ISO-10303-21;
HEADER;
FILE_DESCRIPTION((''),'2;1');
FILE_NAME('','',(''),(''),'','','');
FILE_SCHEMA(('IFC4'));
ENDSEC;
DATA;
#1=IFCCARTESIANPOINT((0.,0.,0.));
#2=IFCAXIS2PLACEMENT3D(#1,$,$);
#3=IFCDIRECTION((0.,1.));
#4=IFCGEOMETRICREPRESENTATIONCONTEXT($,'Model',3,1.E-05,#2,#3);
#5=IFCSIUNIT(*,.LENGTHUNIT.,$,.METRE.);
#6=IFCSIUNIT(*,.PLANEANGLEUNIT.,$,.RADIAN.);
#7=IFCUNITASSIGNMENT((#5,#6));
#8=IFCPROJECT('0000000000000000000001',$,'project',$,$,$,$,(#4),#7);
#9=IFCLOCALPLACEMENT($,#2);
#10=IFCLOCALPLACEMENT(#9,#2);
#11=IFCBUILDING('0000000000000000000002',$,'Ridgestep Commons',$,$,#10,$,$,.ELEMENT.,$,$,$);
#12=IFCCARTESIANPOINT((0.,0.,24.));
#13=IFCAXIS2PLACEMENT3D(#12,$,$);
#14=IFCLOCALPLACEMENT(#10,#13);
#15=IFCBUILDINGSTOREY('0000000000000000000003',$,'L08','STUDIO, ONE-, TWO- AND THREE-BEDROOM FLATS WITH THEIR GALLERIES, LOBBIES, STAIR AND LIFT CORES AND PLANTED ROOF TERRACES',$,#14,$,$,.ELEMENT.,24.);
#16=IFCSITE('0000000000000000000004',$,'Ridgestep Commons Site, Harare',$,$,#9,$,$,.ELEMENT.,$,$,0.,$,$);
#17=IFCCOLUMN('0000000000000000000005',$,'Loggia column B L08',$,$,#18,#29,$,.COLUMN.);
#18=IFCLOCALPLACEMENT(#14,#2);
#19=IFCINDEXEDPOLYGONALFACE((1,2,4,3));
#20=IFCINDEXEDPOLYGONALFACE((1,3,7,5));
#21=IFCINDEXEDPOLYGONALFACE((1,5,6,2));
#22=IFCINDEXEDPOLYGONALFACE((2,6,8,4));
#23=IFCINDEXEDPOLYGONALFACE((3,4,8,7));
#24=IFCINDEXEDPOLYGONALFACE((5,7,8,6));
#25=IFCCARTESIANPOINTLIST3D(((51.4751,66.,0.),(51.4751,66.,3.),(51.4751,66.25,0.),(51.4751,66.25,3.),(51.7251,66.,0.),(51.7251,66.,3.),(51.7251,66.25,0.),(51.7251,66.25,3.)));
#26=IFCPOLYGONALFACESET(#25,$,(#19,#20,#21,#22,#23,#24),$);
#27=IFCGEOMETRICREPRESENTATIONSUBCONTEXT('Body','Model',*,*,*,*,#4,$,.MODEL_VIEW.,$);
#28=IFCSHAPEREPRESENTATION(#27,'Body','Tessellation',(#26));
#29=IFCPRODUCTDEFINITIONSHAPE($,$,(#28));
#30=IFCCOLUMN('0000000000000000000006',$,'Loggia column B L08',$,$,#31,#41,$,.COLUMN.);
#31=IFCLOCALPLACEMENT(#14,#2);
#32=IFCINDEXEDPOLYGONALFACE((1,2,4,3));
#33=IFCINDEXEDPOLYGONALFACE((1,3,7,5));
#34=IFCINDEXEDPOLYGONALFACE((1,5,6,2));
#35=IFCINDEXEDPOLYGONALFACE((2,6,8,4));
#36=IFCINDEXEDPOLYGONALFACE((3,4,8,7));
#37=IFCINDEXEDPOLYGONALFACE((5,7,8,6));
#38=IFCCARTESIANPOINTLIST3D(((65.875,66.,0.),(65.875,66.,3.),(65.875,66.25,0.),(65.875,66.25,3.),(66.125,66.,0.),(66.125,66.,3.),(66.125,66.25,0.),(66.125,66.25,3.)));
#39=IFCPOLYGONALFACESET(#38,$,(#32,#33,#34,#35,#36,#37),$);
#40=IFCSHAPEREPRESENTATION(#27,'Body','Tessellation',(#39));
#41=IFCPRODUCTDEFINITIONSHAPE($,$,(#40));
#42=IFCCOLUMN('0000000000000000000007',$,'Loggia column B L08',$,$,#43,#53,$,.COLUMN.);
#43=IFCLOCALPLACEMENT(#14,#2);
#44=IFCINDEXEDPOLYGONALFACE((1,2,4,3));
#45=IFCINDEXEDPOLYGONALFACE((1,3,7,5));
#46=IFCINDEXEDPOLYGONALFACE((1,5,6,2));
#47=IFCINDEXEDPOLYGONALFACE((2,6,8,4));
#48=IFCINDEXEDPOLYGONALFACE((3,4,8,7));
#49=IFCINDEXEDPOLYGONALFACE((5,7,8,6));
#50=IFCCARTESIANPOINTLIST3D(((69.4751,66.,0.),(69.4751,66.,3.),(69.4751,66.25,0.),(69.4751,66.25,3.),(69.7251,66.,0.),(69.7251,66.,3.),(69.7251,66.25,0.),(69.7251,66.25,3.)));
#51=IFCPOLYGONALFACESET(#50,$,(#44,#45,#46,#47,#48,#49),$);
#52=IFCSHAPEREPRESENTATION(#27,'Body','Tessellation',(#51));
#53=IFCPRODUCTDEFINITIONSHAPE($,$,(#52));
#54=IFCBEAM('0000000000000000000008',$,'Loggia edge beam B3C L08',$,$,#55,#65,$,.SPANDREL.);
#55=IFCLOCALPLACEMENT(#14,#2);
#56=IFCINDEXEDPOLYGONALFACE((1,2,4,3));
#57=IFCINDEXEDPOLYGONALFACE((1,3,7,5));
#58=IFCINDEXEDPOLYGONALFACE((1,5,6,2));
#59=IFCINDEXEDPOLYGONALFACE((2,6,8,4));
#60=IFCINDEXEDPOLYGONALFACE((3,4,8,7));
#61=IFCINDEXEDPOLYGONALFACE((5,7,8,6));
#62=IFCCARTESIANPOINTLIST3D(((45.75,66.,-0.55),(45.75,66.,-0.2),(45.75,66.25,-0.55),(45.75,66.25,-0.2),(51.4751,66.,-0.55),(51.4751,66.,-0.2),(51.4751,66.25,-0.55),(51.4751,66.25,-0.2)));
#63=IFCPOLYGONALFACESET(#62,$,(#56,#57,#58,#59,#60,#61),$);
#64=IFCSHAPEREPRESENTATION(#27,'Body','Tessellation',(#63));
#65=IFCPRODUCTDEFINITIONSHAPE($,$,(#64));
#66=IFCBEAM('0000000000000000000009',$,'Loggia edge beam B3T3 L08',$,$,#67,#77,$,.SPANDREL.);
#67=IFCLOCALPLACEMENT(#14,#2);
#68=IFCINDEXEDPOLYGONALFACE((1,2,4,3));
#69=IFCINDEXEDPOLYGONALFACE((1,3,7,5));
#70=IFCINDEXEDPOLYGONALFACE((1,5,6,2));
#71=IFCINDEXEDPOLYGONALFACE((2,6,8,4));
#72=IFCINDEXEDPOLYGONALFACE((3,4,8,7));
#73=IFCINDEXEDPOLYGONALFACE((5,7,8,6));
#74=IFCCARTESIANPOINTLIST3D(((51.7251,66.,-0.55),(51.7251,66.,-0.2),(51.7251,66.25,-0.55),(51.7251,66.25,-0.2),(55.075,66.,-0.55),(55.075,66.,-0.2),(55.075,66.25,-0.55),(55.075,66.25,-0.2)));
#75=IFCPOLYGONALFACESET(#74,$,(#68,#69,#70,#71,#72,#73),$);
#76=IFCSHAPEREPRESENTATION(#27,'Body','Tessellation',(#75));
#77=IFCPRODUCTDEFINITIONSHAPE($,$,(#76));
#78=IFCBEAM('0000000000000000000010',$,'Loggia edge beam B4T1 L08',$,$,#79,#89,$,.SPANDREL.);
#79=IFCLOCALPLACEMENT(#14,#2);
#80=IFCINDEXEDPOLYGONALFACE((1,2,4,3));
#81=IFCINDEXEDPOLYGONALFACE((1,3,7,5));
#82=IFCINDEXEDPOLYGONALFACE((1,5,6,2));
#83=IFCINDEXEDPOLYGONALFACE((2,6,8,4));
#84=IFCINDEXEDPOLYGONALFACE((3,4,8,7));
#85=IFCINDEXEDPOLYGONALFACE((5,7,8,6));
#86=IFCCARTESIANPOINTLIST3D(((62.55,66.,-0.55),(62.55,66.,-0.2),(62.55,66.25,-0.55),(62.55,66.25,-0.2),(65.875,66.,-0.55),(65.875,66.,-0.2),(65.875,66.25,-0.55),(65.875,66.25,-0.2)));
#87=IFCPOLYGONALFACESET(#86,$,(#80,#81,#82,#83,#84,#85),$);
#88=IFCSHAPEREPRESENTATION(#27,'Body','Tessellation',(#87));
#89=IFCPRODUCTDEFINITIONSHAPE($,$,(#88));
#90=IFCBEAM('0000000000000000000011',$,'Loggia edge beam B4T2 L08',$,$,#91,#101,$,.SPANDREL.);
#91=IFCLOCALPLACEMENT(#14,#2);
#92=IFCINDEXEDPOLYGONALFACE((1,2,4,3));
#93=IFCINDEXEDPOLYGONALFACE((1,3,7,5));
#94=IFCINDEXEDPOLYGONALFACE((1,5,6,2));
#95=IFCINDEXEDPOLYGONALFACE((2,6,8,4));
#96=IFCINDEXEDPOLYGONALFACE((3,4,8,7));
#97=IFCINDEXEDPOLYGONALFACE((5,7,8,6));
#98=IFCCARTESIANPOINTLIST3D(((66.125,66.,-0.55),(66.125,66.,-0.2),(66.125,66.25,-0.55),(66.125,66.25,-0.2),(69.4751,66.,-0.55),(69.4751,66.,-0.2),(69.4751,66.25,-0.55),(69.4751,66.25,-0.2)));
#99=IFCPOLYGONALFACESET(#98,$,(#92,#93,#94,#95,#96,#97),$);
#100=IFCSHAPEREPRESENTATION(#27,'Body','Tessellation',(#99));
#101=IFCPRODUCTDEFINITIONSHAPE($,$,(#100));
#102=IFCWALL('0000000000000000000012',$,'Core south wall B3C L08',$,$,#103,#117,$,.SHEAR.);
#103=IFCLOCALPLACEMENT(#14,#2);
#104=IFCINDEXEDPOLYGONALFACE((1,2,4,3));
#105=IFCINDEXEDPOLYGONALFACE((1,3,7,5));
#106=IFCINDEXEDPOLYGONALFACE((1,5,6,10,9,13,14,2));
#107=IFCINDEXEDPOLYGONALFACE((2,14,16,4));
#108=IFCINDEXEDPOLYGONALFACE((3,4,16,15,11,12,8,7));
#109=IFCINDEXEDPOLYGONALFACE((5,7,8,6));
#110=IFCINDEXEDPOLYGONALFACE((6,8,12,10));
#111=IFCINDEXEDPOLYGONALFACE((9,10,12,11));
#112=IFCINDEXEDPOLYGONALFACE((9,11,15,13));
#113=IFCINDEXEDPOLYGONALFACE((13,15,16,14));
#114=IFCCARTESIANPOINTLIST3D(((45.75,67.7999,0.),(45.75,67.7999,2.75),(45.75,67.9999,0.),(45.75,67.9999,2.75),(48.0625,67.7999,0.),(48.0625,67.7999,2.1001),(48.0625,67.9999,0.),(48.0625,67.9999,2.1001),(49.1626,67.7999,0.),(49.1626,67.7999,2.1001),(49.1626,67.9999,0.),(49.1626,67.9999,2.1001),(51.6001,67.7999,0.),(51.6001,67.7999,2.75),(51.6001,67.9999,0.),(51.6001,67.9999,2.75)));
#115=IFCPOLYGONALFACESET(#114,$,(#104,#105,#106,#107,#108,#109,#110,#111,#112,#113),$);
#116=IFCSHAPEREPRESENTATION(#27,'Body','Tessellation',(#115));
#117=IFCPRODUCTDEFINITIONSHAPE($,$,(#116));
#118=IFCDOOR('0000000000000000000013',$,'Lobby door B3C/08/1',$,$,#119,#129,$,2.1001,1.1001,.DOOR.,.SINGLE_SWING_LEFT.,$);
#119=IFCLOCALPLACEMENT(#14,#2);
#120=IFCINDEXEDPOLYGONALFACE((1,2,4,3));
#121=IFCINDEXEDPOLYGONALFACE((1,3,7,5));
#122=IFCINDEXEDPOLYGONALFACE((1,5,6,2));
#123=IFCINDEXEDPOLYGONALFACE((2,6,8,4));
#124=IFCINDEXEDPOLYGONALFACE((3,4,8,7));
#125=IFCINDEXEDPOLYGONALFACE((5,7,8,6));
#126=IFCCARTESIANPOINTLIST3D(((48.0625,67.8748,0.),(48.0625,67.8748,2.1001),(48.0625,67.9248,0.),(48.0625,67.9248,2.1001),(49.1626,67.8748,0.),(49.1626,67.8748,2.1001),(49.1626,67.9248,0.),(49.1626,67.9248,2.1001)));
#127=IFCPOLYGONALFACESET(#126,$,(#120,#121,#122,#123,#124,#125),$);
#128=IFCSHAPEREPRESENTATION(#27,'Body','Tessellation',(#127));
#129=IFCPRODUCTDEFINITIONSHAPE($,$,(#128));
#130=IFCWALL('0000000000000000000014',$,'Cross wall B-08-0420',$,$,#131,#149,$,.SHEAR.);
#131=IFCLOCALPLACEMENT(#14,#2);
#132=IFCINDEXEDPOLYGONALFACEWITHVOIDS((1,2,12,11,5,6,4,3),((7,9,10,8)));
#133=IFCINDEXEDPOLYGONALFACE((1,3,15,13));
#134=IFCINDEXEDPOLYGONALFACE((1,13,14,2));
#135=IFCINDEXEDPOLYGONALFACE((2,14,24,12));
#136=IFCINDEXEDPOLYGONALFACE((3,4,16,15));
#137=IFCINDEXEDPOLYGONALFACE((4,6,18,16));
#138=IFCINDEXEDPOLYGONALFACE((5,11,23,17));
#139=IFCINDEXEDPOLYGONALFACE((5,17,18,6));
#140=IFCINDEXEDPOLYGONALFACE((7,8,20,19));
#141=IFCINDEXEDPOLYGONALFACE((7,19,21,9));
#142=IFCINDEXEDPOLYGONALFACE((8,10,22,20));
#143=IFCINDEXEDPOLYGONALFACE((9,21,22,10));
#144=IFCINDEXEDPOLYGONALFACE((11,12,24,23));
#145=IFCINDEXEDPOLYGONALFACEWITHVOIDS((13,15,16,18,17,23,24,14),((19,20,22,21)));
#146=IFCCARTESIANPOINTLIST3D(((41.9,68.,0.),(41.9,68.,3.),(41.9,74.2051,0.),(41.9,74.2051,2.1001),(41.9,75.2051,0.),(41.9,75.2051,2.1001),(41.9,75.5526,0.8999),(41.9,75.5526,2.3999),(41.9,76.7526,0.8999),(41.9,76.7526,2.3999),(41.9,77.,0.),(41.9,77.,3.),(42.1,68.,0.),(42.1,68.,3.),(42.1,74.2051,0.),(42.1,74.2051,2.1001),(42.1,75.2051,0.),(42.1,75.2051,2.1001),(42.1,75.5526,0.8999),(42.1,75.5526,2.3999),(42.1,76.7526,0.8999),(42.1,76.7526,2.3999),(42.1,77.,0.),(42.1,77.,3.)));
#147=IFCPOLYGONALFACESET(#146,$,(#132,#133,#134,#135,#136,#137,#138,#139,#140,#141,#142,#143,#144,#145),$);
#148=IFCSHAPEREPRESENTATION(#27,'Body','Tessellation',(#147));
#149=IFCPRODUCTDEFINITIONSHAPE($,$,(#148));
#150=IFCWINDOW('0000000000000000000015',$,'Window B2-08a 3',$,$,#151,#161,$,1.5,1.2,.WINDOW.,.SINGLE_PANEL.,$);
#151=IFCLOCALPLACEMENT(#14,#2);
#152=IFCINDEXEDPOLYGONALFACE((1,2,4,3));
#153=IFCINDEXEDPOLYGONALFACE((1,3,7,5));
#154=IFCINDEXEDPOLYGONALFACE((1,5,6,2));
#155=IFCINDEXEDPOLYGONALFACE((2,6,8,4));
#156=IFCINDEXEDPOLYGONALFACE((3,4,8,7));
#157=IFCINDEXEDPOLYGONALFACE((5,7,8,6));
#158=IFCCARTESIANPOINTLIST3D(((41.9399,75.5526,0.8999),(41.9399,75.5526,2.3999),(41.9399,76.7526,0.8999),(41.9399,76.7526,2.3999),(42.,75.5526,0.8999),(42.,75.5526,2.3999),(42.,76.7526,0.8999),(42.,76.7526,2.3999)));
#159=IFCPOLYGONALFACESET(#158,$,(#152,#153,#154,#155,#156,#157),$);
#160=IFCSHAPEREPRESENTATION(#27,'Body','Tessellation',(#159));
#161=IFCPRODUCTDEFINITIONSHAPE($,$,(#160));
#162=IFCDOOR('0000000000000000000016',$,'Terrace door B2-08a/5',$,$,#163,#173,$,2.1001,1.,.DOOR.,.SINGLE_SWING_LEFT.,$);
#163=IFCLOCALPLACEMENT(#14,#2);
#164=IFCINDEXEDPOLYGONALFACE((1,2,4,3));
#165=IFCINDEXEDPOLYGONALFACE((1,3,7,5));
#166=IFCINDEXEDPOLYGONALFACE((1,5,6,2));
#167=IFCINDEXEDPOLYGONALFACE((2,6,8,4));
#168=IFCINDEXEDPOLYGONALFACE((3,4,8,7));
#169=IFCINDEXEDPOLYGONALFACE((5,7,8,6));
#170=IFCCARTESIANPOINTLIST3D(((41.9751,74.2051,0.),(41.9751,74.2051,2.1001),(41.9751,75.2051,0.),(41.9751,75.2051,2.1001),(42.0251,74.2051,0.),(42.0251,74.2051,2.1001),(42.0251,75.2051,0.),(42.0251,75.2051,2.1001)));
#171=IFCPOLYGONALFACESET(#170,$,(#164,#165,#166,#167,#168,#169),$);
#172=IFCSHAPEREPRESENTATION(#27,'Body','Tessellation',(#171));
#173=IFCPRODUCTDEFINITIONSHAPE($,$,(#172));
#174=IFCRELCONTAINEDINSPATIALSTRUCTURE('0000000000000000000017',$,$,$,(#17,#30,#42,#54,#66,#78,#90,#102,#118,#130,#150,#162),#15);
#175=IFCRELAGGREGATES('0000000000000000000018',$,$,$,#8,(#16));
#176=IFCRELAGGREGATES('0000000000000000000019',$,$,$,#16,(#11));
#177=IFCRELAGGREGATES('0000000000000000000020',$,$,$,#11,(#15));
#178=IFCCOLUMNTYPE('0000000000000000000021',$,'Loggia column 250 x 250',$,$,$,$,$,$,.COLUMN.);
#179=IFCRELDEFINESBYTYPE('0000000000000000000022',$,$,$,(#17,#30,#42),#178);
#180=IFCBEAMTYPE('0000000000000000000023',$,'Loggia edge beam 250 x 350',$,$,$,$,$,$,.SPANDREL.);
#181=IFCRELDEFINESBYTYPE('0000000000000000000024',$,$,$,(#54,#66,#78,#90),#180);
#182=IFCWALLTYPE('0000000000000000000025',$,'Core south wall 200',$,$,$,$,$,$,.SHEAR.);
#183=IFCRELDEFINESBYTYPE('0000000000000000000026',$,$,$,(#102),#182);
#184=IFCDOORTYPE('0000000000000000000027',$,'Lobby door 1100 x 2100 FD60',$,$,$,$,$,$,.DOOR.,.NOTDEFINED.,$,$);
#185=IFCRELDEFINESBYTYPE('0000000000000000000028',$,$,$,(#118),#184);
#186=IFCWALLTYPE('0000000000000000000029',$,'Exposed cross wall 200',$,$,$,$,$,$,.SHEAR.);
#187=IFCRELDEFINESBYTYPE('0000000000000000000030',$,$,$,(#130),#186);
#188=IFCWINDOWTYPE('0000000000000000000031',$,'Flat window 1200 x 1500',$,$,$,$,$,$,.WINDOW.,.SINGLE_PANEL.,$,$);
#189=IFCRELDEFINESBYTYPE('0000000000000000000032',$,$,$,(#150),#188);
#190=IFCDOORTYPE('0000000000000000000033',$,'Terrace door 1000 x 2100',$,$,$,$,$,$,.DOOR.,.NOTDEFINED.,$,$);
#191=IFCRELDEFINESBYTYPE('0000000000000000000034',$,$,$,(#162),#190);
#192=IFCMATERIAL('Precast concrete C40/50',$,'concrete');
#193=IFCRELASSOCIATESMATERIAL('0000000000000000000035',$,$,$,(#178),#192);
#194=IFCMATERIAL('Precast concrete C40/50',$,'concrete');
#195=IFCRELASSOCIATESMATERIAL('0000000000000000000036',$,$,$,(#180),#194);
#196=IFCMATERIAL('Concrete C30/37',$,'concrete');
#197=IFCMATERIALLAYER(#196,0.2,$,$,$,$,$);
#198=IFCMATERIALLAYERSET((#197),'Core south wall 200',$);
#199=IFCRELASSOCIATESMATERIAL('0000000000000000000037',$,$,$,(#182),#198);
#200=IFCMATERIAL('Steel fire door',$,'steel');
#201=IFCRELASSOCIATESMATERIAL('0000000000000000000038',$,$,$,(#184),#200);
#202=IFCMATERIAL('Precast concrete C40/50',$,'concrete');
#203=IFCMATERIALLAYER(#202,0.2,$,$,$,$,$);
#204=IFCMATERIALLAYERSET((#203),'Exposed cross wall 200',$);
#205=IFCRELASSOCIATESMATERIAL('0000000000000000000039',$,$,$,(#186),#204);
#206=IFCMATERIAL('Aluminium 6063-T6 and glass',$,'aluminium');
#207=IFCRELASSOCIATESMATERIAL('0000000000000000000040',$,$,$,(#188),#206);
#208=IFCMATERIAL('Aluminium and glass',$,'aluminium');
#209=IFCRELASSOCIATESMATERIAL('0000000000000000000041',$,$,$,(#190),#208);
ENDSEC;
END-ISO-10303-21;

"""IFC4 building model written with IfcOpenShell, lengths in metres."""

from ifc_helpers import new_model, si_unit, direction, frame, frame_2d, origin, origin_2d, place, context, subcontext, project, spatial, rectangle, extrude, material, layer, layer_set, material_profile, profile_set, type_object, element, fill, save


model = new_model("IFC4")

# Units and contexts
model_context = context("Model", 3, precision=1e-05, world=origin(), true_north=direction((0.0, 1.0)))
body_context = subcontext(model_context, "Body", "Model", "MODEL_VIEW")
ifc_project = project(units=[si_unit("LENGTHUNIT", "METRE"), si_unit("PLANEANGLEUNIT", "RADIAN")], contexts=[model_context])

# Site, building, storey
site_placement = place(None, origin())
site = spatial("IfcSite", under=ifc_project, at=site_placement, Name="Ridgestep Commons Site, Harare", CompositionType="ELEMENT", RefElevation=0.0)
building_placement = place(site_placement, origin())
building = spatial("IfcBuilding", under=site, at=building_placement, Name="Ridgestep Commons", CompositionType="ELEMENT")
storey_placement = place(building_placement, frame((0.0, 0.0, 24.0)))
storey = spatial("IfcBuildingStorey", under=building, at=storey_placement, Name="L08", Description="STUDIO, ONE-, TWO- AND THREE-BEDROOM FLATS WITH THEIR GALLERIES, LOBBIES, STAIR AND LIFT CORES AND PLANTED ROOF TERRACES", CompositionType="ELEMENT", Elevation=24.0)

# Columns
ifc_material_1 = material(Name="Precast concrete C40/50", Category="concrete")
ifc_material_profile_1 = material_profile(ifc_material_1, rectangle(XDim=0.25, YDim=0.25, at=origin_2d()), Name="PC 250x250")
ifc_profile_set_1 = profile_set([ifc_material_profile_1], Name="Precast concrete C40/50")
column_type = type_object("IfcColumnType", Name="Loggia column 250 x 250", PredefinedType="COLUMN", material=ifc_profile_set_1)
for number, where, z_axis, x_axis, name in (
    (1, (51.6001, 66.125, 0.0), (0.0, 0.0, 1.0), (1.0, 0.0, 0.0), "Loggia column B L08"),
    (2, (66.0, 66.125, 0.0), (0.0, 0.0, 1.0), (1.0, 0.0, 0.0), "Loggia column B L08"),
    (3, (69.6001, 66.125, 0.0), (0.0, 0.0, 1.0), (1.0, 0.0, 0.0), "Loggia column B L08"),
):
    element("IfcColumn", number, at=place(storey_placement, frame(where, z_axis=z_axis, x_axis=x_axis)), inside=storey, type_object=column_type, Name=name, PredefinedType="COLUMN", context=body_context, shape_type="SweptSolid", body=[
        extrude(rectangle(XDim=0.25, YDim=0.25, at=origin_2d()), origin(), (0.0, 0.0, 1.0), 3.0),
    ])

# Beams
ifc_material_2 = material(Name="Precast concrete C40/50", Category="concrete")
ifc_material_profile_2 = material_profile(ifc_material_2, rectangle(XDim=0.25, YDim=0.3501, at=origin_2d()), Name="PC 250x350")
ifc_profile_set_2 = profile_set([ifc_material_profile_2], Name="Precast concrete C40/50")
beam_type = type_object("IfcBeamType", Name="Loggia edge beam 250 x 350", PredefinedType="SPANDREL", material=ifc_profile_set_2)
beam_1_placement = place(storey_placement, frame((45.75, 66.125, -0.375), z_axis=(1.0, 0.0, 0.0), x_axis=(0.0, 1.0, 0.0)))
element("IfcBeam", 4, at=beam_1_placement, inside=storey, type_object=beam_type, Name="Loggia edge beam B3C L08", PredefinedType="SPANDREL", context=body_context, shape_type="SweptSolid", body=[
    extrude(rectangle(XDim=0.25, YDim=0.3501, at=origin_2d()), origin(), (0.0, 0.0, 1.0), 5.7251),
])
beam_2_placement = place(storey_placement, frame((51.7251, 66.125, -0.375), z_axis=(1.0, 0.0, 0.0), x_axis=(0.0, 1.0, 0.0)))
element("IfcBeam", 5, at=beam_2_placement, inside=storey, type_object=beam_type, Name="Loggia edge beam B3T3 L08", PredefinedType="SPANDREL", context=body_context, shape_type="SweptSolid", body=[
    extrude(rectangle(XDim=0.25, YDim=0.3501, at=origin_2d()), origin(), (0.0, 0.0, 1.0), 3.3499),
])
beam_3_placement = place(storey_placement, frame((62.55, 66.125, -0.375), z_axis=(1.0, 0.0, 0.0), x_axis=(0.0, 1.0, 0.0)))
element("IfcBeam", 6, at=beam_3_placement, inside=storey, type_object=beam_type, Name="Loggia edge beam B4T1 L08", PredefinedType="SPANDREL", context=body_context, shape_type="SweptSolid", body=[
    extrude(rectangle(XDim=0.25, YDim=0.3501, at=origin_2d()), origin(), (0.0, 0.0, 1.0), 3.325),
])
beam_4_placement = place(storey_placement, frame((66.125, 66.125, -0.375), z_axis=(1.0, 0.0, 0.0), x_axis=(0.0, 1.0, 0.0)))
element("IfcBeam", 7, at=beam_4_placement, inside=storey, type_object=beam_type, Name="Loggia edge beam B4T2 L08", PredefinedType="SPANDREL", context=body_context, shape_type="SweptSolid", body=[
    extrude(rectangle(XDim=0.25, YDim=0.3501, at=origin_2d()), origin(), (0.0, 0.0, 1.0), 3.3501),
])

# Wall, opening, door
ifc_material_3 = material(Name="Concrete C30/37", Category="concrete")
ifc_layer_1 = layer(ifc_material_3, 0.2)
ifc_layer_set_1 = layer_set([ifc_layer_1], Name="Core south wall 200")
wall_type_1 = type_object("IfcWallType", Name="Core south wall 200", PredefinedType="SHEAR", material=ifc_layer_set_1)
wall_1_placement = place(storey_placement, frame((45.75, 67.8999, 0.0), z_axis=(0.0, 0.0, 1.0), x_axis=(1.0, 0.0, 0.0)))
wall_1 = element("IfcWall", 8, at=wall_1_placement, inside=storey, type_object=wall_type_1, Name="Core south wall B3C L08", PredefinedType="SHEAR", context=body_context, shape_type="SweptSolid", body=[
    extrude(rectangle(XDim=5.8501, YDim=0.2, at=frame_2d((2.925, 0.0))), origin(), (0.0, 0.0, 1.0), 2.75),
])
opening_1_placement = place(wall_1_placement, frame((2.3125, 0.0, 0.0)))
opening_1 = element("IfcOpeningElement", 9, at=opening_1_placement, cuts=wall_1, PredefinedType="OPENING", context=body_context, shape_type="SweptSolid", body=[
    extrude(rectangle(XDim=1.1001, YDim=2.1001, at=frame_2d((0.55, 1.05))), frame((0.0, 0.1099, 0.0), z_axis=(0.0, -1.0, 0.0), x_axis=(1.0, 0.0, 0.0)), (0.0, 0.0, 1.0), 0.22),
])
ifc_material_4 = material(Name="Steel fire door", Category="steel")
door_type_1 = type_object("IfcDoorType", Name="Lobby door 1100 x 2100 FD60", OperationType="NOTDEFINED", PredefinedType="DOOR", material=ifc_material_4)
door_1_placement = place(opening_1_placement, origin())
door_1 = element("IfcDoor", 10, at=door_1_placement, inside=storey, type_object=door_type_1, Name="Lobby door B3C/08/1", OperationType="SINGLE_SWING_LEFT", OverallHeight=2.1001, OverallWidth=1.1001, PredefinedType="DOOR", context=body_context, shape_type="SweptSolid", body=[
    extrude(rectangle(XDim=1.1001, YDim=2.1001, at=frame_2d((0.55, 1.05))), frame((0.0, 0.0249, 0.0), z_axis=(0.0, -1.0, 0.0), x_axis=(1.0, 0.0, 0.0)), (0.0, 0.0, 1.0), 0.05),
])
fill(opening_1, door_1)

# Wall, openings, window, door
ifc_material_5 = material(Name="Precast concrete C40/50", Category="concrete")
ifc_layer_2 = layer(ifc_material_5, 0.2)
ifc_layer_set_2 = layer_set([ifc_layer_2], Name="Exposed cross wall 200")
wall_type_2 = type_object("IfcWallType", Name="Exposed cross wall 200", PredefinedType="SHEAR", material=ifc_layer_set_2)
wall_2_placement = place(storey_placement, frame((42.0, 68.0, 0.0), z_axis=(0.0, 0.0, 1.0), x_axis=(0.0, 1.0, 0.0)))
wall_2 = element("IfcWall", 11, at=wall_2_placement, inside=storey, type_object=wall_type_2, Name="Cross wall B-08-0420", PredefinedType="SHEAR", context=body_context, shape_type="SweptSolid", body=[
    extrude(rectangle(XDim=9.0, YDim=0.2, at=frame_2d((4.5, 0.0))), origin(), (0.0, 0.0, 1.0), 3.0),
])
opening_2_placement = place(wall_2_placement, frame((7.5525, 0.0, 0.8999)))
opening_2 = element("IfcOpeningElement", 12, at=opening_2_placement, cuts=wall_2, PredefinedType="OPENING", context=body_context, shape_type="SweptSolid", body=[
    extrude(rectangle(XDim=1.2, YDim=1.5, at=frame_2d((0.6001, 0.75))), frame((0.0, 0.1099, 0.0), z_axis=(0.0, -1.0, 0.0), x_axis=(1.0, 0.0, 0.0)), (0.0, 0.0, 1.0), 0.22),
])
opening_3_placement = place(wall_2_placement, frame((6.2051, 0.0, 0.0)))
opening_3 = element("IfcOpeningElement", 13, at=opening_3_placement, cuts=wall_2, PredefinedType="OPENING", context=body_context, shape_type="SweptSolid", body=[
    extrude(rectangle(XDim=1.0, YDim=2.1001, at=frame_2d((0.5, 1.05))), frame((0.0, 0.1099, 0.0), z_axis=(0.0, -1.0, 0.0), x_axis=(1.0, 0.0, 0.0)), (0.0, 0.0, 1.0), 0.22),
])
ifc_material_6 = material(Name="Aluminium 6063-T6 and glass", Category="aluminium")
window_type_1 = type_object("IfcWindowType", Name="Flat window 1200 x 1500", PartitioningType="SINGLE_PANEL", PredefinedType="WINDOW", material=ifc_material_6)
window_1_placement = place(opening_2_placement, origin())
window_1 = element("IfcWindow", 14, at=window_1_placement, inside=storey, type_object=window_type_1, Name="Window B2-08a 3", OverallHeight=1.5, OverallWidth=1.2, PartitioningType="SINGLE_PANEL", PredefinedType="WINDOW", context=body_context, shape_type="SweptSolid", body=[
    extrude(rectangle(XDim=1.2, YDim=1.5, at=frame_2d((0.6001, 0.75))), frame((0.0, 0.0601, 0.0), z_axis=(0.0, -1.0, 0.0), x_axis=(1.0, 0.0, 0.0)), (0.0, 0.0, 1.0), 0.0601),
])
fill(opening_2, window_1)
ifc_material_7 = material(Name="Aluminium and glass", Category="aluminium")
door_type_2 = type_object("IfcDoorType", Name="Terrace door 1000 x 2100", OperationType="NOTDEFINED", PredefinedType="DOOR", material=ifc_material_7)
door_2_placement = place(opening_3_placement, origin())
door_2 = element("IfcDoor", 15, at=door_2_placement, inside=storey, type_object=door_type_2, Name="Terrace door B2-08a/5", OperationType="SINGLE_SWING_LEFT", OverallHeight=2.1001, OverallWidth=1.0, PredefinedType="DOOR", context=body_context, shape_type="SweptSolid", body=[
    extrude(rectangle(XDim=1.0, YDim=2.1001, at=frame_2d((0.5, 1.05))), frame((0.0, 0.0249, 0.0), z_axis=(0.0, -1.0, 0.0), x_axis=(1.0, 0.0, 0.0)), (0.0, 0.0, 1.0), 0.05),
])
fill(opening_3, door_2)

save(model, "model.ifc")
